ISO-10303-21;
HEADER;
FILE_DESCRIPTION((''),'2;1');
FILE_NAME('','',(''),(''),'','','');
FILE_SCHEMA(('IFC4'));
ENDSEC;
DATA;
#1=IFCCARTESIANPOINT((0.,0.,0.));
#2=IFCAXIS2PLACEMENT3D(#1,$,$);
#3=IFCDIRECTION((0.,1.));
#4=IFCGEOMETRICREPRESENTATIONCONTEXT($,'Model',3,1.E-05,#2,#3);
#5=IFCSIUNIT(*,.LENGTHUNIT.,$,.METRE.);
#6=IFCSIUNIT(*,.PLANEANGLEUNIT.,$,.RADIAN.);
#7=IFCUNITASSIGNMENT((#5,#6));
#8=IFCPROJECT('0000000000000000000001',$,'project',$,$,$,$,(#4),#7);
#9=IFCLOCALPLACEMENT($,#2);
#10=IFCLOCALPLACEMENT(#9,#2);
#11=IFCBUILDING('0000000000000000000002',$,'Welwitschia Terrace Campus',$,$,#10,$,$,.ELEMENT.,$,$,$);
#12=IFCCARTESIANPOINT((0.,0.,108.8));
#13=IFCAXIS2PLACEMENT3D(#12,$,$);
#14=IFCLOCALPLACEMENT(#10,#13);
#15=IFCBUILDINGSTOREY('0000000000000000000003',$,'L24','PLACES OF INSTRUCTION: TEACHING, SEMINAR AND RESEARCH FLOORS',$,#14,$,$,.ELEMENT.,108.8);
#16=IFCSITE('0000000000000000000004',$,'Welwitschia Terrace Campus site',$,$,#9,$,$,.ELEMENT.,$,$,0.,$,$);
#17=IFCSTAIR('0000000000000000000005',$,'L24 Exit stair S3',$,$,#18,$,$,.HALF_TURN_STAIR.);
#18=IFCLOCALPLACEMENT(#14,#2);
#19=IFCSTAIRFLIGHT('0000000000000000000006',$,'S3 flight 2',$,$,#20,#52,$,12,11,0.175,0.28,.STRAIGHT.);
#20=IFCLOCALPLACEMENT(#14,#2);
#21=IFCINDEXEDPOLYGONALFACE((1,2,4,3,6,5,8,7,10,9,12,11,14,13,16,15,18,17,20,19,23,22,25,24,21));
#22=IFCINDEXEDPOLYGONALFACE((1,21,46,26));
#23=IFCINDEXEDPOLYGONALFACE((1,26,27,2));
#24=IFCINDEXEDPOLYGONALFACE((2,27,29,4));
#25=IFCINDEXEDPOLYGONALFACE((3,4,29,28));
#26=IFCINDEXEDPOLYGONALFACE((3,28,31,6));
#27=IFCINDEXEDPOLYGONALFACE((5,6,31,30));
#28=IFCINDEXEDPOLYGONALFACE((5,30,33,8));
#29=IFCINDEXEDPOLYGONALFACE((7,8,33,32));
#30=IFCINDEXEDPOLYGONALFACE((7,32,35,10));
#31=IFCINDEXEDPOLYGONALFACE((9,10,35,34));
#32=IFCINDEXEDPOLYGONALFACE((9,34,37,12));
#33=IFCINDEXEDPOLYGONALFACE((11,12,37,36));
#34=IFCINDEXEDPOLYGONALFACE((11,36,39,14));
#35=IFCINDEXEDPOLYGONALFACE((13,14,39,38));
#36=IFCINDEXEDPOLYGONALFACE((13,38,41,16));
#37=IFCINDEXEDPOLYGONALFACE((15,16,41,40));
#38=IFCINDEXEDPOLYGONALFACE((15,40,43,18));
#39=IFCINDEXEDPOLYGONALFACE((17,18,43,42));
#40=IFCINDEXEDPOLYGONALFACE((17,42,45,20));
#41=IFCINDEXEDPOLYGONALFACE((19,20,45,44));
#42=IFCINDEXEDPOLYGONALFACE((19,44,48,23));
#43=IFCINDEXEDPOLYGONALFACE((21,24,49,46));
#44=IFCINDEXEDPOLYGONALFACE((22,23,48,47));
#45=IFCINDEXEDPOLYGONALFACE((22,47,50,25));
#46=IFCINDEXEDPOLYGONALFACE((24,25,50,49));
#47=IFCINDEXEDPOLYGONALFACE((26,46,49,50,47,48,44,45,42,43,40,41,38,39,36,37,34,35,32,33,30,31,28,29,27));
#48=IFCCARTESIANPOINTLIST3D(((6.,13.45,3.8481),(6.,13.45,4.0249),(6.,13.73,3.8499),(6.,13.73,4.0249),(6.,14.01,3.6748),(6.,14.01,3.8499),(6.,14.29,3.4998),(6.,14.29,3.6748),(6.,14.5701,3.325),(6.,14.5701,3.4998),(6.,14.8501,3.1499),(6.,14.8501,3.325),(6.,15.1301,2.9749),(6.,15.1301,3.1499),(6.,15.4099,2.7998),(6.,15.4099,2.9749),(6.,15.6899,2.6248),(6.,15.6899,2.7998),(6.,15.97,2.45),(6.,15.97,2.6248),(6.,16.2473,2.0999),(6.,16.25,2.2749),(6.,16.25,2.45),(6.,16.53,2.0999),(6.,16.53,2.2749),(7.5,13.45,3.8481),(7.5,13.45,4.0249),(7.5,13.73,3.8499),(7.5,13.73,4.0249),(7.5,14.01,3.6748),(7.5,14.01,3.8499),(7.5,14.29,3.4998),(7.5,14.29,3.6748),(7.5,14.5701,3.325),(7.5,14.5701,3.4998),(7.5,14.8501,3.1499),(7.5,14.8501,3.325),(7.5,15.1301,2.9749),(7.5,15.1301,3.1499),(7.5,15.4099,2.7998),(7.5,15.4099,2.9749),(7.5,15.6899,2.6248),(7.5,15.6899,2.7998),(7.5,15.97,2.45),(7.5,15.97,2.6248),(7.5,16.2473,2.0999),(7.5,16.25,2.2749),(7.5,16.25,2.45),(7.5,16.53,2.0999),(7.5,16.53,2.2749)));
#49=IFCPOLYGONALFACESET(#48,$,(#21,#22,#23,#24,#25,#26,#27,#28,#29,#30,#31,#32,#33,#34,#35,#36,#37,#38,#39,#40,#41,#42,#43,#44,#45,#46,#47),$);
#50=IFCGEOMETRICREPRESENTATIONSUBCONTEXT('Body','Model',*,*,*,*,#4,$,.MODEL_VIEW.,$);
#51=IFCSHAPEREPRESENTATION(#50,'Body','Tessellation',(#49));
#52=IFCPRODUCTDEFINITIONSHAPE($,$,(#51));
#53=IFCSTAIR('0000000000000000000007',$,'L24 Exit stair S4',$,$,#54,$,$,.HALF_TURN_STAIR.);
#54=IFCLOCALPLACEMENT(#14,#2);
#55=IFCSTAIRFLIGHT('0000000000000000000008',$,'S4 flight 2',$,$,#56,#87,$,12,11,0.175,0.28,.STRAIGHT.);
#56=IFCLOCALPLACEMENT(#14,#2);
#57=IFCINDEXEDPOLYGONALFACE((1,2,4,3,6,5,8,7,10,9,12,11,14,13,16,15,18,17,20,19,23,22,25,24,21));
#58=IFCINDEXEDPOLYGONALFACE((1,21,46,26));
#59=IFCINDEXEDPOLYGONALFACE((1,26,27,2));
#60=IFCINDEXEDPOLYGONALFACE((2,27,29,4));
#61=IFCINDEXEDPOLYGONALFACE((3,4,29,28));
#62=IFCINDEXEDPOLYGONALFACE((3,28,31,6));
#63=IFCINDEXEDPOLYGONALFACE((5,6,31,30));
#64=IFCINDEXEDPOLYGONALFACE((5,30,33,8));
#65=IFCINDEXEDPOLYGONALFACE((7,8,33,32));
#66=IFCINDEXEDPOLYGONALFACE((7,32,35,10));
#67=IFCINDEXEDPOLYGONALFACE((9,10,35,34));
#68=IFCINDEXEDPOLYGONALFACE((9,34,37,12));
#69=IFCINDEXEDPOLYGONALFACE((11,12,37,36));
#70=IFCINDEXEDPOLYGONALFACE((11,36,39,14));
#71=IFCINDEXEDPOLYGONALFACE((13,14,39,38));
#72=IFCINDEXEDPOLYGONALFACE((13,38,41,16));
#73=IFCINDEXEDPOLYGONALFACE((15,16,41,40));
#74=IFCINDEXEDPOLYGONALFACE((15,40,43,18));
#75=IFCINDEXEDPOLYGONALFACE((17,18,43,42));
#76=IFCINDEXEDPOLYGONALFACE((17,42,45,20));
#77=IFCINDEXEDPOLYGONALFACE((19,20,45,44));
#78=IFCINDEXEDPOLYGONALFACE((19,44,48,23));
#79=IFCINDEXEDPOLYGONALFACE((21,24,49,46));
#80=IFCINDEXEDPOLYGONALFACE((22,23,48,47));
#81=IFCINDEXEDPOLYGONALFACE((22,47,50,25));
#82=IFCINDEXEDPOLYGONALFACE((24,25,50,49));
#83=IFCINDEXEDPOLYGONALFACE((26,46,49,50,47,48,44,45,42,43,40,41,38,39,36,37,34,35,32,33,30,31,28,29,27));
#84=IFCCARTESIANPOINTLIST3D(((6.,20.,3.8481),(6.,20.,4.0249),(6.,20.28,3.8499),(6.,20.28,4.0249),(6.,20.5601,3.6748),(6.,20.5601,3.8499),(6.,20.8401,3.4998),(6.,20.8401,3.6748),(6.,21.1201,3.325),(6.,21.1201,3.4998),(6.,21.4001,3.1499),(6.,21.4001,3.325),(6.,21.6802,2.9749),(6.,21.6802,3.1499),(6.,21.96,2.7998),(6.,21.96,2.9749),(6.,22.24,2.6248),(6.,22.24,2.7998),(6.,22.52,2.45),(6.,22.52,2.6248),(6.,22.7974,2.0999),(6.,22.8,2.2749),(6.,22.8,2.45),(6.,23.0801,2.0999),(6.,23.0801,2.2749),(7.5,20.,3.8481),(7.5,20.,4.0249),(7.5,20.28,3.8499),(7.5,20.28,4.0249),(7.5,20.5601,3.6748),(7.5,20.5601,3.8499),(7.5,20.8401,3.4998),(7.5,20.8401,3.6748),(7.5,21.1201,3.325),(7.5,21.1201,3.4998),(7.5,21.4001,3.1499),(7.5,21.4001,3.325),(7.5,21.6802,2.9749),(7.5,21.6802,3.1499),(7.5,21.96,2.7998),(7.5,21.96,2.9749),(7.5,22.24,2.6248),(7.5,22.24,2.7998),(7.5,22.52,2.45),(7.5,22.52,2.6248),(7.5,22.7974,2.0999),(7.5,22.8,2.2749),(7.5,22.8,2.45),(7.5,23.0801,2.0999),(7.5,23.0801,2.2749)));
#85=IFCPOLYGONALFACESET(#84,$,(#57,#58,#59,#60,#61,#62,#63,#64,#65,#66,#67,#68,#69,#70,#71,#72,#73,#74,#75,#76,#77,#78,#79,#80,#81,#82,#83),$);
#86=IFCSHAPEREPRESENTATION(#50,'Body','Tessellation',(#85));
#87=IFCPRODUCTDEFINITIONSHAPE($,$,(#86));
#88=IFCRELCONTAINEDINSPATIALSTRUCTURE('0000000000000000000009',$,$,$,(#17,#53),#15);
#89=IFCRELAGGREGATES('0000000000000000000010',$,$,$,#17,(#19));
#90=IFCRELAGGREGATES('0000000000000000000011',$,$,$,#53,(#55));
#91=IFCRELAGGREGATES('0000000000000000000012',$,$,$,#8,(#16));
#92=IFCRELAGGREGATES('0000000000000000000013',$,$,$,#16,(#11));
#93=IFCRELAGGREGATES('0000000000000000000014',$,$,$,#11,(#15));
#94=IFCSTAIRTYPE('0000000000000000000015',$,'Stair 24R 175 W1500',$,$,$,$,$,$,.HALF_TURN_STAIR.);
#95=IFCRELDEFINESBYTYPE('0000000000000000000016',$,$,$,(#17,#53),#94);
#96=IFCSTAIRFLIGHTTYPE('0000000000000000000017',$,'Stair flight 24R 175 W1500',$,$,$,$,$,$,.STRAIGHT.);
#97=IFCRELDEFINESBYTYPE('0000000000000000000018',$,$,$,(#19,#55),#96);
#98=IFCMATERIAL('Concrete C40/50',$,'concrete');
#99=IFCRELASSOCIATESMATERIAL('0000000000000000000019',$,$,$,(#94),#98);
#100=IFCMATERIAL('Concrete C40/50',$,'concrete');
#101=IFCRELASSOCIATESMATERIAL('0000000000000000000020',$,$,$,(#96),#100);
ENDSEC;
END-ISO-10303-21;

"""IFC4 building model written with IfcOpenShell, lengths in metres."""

from ifc_helpers import new_model, si_unit, direction, frame, origin, place, context, subcontext, project, spatial, polyline, outline, extrude, material, type_object, element, aggregate, save


model = new_model("IFC4")

# Units and contexts
model_context = context("Model", 3, precision=1e-05, world=origin(), true_north=direction((0.0, 1.0)))
body_context = subcontext(model_context, "Body", "Model", "MODEL_VIEW")
ifc_project = project(units=[si_unit("LENGTHUNIT", "METRE"), si_unit("PLANEANGLEUNIT", "RADIAN")], contexts=[model_context])

# Site, building, storey
site_placement = place(None, origin())
site = spatial("IfcSite", under=ifc_project, at=site_placement, Name="Welwitschia Terrace Campus site", CompositionType="ELEMENT", RefElevation=0.0)
building_placement = place(site_placement, origin())
building = spatial("IfcBuilding", under=site, at=building_placement, Name="Welwitschia Terrace Campus", CompositionType="ELEMENT")
storey_placement = place(building_placement, frame((0.0, 0.0, 108.8)))
storey = spatial("IfcBuildingStorey", under=building, at=storey_placement, Name="L24", Description="PLACES OF INSTRUCTION: TEACHING, SEMINAR AND RESEARCH FLOORS", CompositionType="ELEMENT", Elevation=108.8)

# Stairs, stair flights
ifc_material_1 = material(Name="Concrete C40/50", Category="concrete")
stair_type = type_object("IfcStairType", Name="Stair 24R 175 W1500", PredefinedType="HALF_TURN_STAIR", material=ifc_material_1)
stair_1_placement = place(storey_placement, origin())
stair_1 = element("IfcStair", 1, at=stair_1_placement, inside=storey, type_object=stair_type, Name="L24 Exit stair S3", PredefinedType="HALF_TURN_STAIR")
ifc_material_2 = material(Name="Concrete C40/50", Category="concrete")
stair_flight_type = type_object("IfcStairFlightType", Name="Stair flight 24R 175 W1500", PredefinedType="STRAIGHT", material=ifc_material_2)
stair_flight_1_placement = place(storey_placement, frame((6.75, 16.53, 2.0999), z_axis=(0.0, 0.0, 1.0), x_axis=(0.0, -1.0, 0.0)))
stair_flight_1 = element("IfcStairFlight", 2, at=stair_flight_1_placement, type_object=stair_flight_type, Name="S3 flight 2", NumberOfRisers=12, NumberOfTreads=11, PredefinedType="STRAIGHT", RiserHeight=0.175, TreadLength=0.28, context=body_context, shape_type="SweptSolid", body=[
    extrude(outline(polyline([(0.0, 0.0), (0.0, 0.175), (0.28, 0.175), (0.28, 0.3501), (0.5601, 0.3501), (0.5601, 0.5249), (0.8401, 0.5249), (0.8401, 0.7), (1.1201, 0.7), (1.1201, 0.875), (1.3999, 0.875), (1.3999, 1.05), (1.6799, 1.05), (1.6799, 1.2251), (1.96, 1.2251), (1.96, 1.3999), (2.24, 1.3999), (2.24, 1.575), (2.52, 1.575), (2.52, 1.75), (2.8, 1.75), (2.8, 1.925), (3.0801, 1.925), (3.0801, 2.1001), (3.0801, 1.7483), (0.2827, 0.0), (0.0, 0.0)])), frame((0.0, 0.75, 0.0), z_axis=(0.0, -1.0, 0.0), x_axis=(1.0, 0.0, 0.0)), (0.0, 0.0, 1.0), 1.5),
])
aggregate(stair_1, [stair_flight_1])
stair_2_placement = place(storey_placement, origin())
stair_2 = element("IfcStair", 3, at=stair_2_placement, inside=storey, type_object=stair_type, Name="L24 Exit stair S4", PredefinedType="HALF_TURN_STAIR")
stair_flight_2_placement = place(storey_placement, frame((6.75, 23.0801, 2.0999), z_axis=(0.0, 0.0, 1.0), x_axis=(0.0, -1.0, 0.0)))
stair_flight_2 = element("IfcStairFlight", 4, at=stair_flight_2_placement, type_object=stair_flight_type, Name="S4 flight 2", NumberOfRisers=12, NumberOfTreads=11, PredefinedType="STRAIGHT", RiserHeight=0.175, TreadLength=0.28, context=body_context, shape_type="SweptSolid", body=[
    extrude(outline(polyline([(0.0, 0.0), (0.0, 0.175), (0.28, 0.175), (0.28, 0.3501), (0.5601, 0.3501), (0.5601, 0.5249), (0.8401, 0.5249), (0.8401, 0.7), (1.1201, 0.7), (1.1201, 0.875), (1.3999, 0.875), (1.3999, 1.05), (1.6799, 1.05), (1.6799, 1.2251), (1.96, 1.2251), (1.96, 1.3999), (2.24, 1.3999), (2.24, 1.575), (2.52, 1.575), (2.52, 1.75), (2.8, 1.75), (2.8, 1.925), (3.0801, 1.925), (3.0801, 2.1001), (3.0801, 1.7483), (0.2827, 0.0), (0.0, 0.0)])), frame((0.0, 0.75, 0.0), z_axis=(0.0, -1.0, 0.0), x_axis=(1.0, 0.0, 0.0)), (0.0, 0.0, 1.0), 1.5),
])
aggregate(stair_2, [stair_flight_2])

save(model, "model.ifc")
